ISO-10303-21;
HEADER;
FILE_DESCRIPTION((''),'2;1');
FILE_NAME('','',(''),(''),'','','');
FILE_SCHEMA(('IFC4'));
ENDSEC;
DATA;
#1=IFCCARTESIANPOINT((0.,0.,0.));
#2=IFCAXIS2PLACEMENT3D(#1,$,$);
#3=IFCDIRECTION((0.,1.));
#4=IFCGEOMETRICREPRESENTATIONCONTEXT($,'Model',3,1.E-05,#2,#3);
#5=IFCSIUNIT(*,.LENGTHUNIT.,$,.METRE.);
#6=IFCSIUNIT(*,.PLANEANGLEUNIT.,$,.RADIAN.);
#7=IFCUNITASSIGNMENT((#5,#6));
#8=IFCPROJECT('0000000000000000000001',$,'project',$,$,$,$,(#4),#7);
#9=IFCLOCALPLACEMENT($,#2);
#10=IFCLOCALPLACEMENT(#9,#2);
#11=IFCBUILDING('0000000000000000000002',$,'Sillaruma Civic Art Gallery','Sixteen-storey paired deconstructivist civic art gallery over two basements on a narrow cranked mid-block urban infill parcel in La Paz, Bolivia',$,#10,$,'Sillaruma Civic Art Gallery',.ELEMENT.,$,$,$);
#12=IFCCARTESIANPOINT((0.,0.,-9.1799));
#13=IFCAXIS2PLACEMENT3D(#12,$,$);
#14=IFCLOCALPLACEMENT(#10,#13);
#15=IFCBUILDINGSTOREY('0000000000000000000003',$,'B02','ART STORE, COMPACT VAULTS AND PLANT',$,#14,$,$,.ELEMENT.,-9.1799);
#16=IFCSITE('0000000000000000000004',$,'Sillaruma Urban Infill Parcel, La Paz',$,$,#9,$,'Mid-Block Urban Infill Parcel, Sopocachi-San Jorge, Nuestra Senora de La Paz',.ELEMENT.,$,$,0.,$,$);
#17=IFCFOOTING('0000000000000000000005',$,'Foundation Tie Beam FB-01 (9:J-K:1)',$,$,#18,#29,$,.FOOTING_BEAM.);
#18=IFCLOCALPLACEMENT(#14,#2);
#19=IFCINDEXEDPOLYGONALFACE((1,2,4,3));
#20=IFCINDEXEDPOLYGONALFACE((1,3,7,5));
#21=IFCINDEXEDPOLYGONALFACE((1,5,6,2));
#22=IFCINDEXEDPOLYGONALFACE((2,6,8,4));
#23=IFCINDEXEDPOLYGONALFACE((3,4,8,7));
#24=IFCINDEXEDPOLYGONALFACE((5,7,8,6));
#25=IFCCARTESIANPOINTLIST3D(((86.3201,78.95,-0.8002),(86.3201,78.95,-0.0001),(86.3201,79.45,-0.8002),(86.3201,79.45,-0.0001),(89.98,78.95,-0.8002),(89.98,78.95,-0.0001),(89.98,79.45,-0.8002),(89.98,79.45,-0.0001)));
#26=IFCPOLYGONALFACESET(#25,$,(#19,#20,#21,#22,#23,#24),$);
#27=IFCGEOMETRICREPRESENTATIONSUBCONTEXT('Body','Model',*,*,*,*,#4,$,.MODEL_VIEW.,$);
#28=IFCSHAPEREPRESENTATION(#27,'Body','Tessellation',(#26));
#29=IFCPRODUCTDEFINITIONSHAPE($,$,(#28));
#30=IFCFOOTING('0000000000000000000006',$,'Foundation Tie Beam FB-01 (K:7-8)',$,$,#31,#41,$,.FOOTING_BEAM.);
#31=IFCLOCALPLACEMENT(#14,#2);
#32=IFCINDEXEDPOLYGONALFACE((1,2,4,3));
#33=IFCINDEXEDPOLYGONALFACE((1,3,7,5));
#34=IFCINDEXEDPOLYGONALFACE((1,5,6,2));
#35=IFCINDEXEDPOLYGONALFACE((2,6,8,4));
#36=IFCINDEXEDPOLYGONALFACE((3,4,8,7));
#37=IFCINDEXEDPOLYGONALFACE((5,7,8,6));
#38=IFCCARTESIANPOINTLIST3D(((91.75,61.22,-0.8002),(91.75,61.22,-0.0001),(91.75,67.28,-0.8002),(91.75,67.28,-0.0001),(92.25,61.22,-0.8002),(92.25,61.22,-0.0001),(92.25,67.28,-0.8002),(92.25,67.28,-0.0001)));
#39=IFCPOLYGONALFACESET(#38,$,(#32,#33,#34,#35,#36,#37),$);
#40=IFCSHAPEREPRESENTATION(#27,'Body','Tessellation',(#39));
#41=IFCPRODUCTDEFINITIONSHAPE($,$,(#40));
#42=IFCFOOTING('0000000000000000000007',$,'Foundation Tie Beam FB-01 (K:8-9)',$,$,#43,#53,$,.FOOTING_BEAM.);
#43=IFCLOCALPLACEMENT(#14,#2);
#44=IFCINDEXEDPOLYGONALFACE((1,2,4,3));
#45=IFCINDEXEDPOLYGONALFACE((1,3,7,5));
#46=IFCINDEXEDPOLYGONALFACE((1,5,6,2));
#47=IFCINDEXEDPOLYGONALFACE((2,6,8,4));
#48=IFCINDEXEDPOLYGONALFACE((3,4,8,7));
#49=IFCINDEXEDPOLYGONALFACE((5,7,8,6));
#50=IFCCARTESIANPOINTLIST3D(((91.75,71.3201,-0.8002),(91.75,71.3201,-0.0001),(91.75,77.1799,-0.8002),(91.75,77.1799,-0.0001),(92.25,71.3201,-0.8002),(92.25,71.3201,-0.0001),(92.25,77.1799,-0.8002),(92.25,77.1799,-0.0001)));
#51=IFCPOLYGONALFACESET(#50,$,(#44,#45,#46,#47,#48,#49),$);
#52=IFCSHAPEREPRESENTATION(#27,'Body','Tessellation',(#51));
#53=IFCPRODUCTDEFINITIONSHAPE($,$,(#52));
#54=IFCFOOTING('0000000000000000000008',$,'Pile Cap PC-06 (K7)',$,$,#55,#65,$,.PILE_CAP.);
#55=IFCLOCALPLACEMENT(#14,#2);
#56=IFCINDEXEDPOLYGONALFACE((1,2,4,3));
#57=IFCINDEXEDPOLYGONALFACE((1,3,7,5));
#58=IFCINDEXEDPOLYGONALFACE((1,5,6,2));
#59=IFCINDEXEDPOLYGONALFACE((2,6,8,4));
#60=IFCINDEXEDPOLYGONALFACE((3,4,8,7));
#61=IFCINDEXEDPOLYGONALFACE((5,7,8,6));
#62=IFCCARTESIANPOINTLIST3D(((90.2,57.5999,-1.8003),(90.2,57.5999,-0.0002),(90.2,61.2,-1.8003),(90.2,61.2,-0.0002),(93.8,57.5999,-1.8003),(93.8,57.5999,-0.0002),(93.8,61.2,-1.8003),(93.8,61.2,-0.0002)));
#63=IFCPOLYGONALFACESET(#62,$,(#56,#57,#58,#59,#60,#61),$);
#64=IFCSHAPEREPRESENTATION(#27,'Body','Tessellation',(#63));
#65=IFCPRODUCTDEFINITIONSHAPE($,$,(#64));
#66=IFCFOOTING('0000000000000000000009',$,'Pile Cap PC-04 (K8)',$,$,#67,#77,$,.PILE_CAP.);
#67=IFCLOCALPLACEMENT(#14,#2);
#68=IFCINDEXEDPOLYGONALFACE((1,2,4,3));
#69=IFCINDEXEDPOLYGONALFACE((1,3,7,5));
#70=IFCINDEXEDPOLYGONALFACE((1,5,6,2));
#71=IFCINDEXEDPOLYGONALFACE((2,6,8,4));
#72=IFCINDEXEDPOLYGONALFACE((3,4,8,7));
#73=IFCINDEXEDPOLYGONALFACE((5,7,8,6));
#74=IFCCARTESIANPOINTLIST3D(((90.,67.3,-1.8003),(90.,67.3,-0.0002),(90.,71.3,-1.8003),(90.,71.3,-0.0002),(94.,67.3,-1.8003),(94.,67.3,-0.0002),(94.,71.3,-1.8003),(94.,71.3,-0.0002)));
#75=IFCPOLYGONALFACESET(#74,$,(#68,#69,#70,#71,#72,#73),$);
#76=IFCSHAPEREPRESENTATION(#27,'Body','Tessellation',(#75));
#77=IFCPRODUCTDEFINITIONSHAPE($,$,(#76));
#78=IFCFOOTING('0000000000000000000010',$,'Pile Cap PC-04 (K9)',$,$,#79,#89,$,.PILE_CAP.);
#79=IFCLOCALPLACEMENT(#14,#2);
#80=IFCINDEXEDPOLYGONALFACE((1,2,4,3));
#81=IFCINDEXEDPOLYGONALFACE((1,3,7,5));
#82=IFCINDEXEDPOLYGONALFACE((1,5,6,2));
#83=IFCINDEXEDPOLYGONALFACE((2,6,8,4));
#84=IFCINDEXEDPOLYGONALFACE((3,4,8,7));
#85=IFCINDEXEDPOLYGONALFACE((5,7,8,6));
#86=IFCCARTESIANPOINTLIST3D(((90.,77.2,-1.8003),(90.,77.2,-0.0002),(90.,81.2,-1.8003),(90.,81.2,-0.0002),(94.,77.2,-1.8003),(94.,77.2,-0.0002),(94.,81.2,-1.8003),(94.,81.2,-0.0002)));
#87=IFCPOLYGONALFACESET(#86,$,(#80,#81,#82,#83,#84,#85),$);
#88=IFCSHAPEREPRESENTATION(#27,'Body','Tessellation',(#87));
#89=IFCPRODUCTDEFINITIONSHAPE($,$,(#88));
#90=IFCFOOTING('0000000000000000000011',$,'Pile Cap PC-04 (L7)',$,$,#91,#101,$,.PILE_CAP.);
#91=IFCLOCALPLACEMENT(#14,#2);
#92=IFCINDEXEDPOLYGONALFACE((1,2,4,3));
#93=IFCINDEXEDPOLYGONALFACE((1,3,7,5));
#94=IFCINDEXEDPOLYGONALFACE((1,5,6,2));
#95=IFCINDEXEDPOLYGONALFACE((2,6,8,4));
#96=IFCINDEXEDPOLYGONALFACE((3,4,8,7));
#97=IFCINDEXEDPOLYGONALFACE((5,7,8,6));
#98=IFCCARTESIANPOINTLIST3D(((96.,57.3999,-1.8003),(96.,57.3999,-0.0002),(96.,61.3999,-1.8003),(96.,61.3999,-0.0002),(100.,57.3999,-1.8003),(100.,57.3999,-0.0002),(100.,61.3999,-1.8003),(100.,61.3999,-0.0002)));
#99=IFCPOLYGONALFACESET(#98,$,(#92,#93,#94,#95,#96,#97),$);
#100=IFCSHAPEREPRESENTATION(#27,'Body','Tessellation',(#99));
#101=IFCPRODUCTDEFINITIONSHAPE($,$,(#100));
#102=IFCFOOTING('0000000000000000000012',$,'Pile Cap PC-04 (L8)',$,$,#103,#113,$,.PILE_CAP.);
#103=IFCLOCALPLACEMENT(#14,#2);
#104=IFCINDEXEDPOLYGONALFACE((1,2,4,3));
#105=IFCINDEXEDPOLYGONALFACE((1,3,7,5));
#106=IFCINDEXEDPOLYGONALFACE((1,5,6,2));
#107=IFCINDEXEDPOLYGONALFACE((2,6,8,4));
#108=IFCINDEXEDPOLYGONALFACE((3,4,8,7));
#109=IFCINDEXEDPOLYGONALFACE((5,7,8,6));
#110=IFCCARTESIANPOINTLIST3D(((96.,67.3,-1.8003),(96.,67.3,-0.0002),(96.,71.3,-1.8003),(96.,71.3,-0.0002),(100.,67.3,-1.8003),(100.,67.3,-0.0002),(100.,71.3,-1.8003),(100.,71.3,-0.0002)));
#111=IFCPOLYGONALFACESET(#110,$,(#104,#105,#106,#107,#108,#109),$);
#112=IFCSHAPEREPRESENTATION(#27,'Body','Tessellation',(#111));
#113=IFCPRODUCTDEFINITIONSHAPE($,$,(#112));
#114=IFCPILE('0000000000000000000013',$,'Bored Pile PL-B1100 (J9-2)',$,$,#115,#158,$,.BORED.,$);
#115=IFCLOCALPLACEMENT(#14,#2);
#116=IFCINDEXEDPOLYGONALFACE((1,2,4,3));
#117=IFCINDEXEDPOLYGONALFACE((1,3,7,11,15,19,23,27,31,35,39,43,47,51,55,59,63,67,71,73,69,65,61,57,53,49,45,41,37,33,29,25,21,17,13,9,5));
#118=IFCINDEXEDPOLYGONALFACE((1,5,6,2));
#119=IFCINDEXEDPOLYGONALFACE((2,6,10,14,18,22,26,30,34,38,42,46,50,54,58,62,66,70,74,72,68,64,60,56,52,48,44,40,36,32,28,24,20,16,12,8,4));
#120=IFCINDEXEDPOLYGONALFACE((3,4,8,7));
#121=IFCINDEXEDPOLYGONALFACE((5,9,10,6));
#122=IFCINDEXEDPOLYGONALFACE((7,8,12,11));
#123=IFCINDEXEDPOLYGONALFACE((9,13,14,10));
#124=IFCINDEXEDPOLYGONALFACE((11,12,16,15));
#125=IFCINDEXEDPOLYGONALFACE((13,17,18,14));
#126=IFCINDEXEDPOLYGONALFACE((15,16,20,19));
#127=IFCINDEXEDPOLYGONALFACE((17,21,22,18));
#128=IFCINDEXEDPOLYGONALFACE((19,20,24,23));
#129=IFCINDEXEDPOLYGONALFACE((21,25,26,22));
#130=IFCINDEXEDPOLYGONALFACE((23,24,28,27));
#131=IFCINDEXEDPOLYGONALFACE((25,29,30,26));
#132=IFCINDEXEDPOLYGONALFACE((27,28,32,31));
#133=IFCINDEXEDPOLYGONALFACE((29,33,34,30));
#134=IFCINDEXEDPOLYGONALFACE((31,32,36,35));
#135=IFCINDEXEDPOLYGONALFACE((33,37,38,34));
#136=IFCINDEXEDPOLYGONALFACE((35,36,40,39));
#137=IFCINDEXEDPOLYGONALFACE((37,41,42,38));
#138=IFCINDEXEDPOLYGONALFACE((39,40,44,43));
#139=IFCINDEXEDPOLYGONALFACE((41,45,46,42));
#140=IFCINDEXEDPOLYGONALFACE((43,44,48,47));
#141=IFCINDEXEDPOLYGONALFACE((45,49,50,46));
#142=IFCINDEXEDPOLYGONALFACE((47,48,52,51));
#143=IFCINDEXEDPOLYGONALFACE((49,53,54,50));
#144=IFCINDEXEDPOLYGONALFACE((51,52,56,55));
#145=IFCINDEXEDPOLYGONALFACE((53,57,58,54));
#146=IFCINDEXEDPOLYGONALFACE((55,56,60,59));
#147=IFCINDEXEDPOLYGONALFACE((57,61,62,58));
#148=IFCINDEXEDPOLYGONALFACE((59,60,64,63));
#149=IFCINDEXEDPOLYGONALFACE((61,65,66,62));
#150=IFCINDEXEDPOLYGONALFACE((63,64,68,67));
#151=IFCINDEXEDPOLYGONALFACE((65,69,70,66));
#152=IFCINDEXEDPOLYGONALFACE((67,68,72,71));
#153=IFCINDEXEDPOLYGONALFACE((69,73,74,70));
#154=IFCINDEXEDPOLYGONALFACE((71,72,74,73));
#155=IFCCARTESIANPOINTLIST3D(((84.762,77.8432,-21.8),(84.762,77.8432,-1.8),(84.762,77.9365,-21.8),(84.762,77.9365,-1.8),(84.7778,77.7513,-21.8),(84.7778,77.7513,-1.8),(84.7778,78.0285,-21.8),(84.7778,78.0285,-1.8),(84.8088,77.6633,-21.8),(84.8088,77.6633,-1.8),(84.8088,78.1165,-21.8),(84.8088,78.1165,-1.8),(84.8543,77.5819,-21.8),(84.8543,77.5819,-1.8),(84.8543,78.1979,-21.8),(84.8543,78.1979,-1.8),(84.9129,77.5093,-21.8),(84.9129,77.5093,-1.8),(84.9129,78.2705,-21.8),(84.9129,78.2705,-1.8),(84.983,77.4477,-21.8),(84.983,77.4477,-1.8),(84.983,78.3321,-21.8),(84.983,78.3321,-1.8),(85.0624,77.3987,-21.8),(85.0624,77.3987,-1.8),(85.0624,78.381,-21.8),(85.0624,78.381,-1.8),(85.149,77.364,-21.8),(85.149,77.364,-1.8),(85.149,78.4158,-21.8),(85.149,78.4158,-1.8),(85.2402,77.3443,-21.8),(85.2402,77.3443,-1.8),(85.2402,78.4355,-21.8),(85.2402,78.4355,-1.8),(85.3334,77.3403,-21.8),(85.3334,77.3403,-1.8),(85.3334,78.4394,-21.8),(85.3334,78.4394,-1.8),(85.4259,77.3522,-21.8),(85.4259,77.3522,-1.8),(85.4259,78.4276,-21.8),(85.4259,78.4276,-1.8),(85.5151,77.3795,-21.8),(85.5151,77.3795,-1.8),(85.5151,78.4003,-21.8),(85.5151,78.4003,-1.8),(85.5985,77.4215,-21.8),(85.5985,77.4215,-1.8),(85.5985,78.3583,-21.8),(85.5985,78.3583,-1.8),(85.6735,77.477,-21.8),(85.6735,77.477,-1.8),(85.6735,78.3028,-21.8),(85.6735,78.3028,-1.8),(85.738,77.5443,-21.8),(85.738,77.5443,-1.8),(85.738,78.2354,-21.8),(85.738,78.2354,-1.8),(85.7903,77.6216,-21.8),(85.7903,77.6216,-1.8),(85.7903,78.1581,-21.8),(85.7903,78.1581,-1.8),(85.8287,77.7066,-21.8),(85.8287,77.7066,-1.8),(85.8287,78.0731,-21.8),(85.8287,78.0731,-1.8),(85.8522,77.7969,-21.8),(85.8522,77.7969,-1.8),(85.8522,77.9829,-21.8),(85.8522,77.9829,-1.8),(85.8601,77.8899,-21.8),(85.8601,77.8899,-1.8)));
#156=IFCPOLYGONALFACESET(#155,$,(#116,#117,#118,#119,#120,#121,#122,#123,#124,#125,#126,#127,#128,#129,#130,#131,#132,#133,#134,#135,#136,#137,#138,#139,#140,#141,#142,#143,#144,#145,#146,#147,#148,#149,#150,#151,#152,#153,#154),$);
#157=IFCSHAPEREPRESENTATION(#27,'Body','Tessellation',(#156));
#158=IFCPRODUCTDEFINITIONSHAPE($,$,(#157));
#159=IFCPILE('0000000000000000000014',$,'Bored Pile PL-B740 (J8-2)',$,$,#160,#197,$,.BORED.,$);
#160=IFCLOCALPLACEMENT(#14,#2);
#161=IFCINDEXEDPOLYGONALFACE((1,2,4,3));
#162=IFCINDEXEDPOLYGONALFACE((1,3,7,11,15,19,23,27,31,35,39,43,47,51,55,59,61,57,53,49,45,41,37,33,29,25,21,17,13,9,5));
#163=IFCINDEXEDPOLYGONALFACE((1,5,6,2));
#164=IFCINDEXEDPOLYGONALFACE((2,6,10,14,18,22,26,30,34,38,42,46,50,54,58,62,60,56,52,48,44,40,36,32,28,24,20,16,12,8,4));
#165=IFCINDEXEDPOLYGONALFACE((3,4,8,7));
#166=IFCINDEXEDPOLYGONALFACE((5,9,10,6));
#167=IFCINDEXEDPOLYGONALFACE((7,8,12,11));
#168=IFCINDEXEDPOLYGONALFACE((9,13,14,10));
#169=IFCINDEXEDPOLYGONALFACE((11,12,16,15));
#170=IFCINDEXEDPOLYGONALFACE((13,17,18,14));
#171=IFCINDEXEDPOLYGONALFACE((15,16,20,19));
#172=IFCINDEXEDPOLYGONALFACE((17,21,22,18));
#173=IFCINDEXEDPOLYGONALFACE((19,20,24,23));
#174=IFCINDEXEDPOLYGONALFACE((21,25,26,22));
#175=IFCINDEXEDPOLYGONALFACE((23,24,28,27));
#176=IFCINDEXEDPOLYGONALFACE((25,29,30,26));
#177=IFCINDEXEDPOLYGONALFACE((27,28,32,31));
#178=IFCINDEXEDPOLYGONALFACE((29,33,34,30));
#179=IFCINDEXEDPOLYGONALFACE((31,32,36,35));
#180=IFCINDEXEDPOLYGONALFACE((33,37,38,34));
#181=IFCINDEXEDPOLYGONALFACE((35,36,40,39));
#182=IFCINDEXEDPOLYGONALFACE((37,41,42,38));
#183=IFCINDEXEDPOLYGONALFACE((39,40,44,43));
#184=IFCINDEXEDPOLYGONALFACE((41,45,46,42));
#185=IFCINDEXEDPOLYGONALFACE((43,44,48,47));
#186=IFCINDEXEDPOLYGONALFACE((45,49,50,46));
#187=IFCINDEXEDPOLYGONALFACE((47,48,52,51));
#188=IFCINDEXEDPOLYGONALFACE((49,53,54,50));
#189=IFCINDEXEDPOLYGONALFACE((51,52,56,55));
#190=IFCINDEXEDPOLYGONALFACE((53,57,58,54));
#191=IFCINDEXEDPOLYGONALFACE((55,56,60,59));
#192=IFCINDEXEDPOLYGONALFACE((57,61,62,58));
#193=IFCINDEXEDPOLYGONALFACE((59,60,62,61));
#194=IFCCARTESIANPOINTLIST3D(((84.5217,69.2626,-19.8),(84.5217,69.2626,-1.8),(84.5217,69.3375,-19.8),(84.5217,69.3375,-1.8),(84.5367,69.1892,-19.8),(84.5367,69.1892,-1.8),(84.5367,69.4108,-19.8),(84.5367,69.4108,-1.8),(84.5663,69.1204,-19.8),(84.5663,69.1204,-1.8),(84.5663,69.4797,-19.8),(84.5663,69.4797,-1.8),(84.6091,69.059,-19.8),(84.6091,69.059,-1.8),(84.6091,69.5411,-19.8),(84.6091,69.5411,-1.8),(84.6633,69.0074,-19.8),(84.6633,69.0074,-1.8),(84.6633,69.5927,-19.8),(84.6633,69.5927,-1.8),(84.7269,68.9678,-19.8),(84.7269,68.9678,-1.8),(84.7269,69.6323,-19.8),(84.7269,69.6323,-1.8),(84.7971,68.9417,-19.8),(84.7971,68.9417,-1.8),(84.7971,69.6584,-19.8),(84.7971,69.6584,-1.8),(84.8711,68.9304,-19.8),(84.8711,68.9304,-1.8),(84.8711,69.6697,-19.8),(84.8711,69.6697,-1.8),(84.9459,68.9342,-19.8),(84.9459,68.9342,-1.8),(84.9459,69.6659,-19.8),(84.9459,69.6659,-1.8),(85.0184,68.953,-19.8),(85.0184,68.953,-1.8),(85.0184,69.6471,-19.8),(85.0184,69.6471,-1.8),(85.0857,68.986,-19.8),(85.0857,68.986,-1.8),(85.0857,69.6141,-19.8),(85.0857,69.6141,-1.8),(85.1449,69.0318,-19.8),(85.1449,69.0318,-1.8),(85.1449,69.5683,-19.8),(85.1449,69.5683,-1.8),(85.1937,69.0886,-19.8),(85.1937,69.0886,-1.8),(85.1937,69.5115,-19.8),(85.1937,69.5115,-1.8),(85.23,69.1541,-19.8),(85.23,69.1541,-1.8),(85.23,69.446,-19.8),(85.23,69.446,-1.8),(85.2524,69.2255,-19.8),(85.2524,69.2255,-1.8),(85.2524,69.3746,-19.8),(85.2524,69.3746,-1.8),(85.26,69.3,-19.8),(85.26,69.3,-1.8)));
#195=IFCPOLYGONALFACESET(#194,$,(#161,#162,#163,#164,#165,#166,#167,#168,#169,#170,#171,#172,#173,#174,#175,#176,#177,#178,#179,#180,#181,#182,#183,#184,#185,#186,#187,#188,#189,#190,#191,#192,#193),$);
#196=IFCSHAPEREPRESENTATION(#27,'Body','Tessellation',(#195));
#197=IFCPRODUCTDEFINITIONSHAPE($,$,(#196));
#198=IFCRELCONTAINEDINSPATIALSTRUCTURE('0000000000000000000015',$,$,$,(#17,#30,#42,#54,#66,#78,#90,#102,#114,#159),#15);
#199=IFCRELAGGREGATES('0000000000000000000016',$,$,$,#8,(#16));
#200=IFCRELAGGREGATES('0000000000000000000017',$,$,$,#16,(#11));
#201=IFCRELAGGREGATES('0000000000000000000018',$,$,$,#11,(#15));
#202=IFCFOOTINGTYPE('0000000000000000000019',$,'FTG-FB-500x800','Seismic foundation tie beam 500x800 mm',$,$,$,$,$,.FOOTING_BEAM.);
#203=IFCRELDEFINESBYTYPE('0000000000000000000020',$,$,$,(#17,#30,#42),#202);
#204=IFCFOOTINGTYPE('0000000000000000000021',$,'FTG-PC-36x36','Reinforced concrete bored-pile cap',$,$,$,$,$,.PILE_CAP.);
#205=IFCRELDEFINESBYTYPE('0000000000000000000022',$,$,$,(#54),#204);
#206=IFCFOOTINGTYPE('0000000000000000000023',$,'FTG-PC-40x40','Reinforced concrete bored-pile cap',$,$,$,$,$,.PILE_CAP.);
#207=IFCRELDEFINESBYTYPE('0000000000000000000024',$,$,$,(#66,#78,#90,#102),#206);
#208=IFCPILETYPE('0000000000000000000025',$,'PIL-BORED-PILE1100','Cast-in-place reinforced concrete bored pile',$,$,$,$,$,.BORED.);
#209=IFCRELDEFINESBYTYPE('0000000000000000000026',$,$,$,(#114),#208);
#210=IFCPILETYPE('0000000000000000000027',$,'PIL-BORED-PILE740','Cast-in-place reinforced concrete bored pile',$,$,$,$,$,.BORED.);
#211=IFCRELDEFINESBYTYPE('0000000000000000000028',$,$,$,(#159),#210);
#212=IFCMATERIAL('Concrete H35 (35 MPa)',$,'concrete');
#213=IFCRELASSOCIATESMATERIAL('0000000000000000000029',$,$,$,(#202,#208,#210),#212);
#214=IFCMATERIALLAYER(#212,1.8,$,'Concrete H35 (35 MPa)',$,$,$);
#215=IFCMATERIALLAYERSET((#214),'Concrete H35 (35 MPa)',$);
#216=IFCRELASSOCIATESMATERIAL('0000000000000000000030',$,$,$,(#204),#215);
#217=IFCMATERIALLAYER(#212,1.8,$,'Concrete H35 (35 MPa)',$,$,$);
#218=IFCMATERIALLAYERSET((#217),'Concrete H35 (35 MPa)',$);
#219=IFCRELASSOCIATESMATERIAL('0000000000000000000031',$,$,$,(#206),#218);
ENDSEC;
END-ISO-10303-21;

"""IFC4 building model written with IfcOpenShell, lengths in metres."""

from ifc_helpers import new_model, si_unit, direction, frame, origin, origin_2d, place, context, subcontext, project, spatial, rectangle, circle, extrude, material, layer, layer_set, material_profile, profile_set, type_object, element, save


model = new_model("IFC4")

# Units and contexts
model_context = context("Model", 3, precision=1e-05, world=origin(), true_north=direction((0.0, 1.0)))
body_context = subcontext(model_context, "Body", "Model", "MODEL_VIEW")
ifc_project = project(units=[si_unit("LENGTHUNIT", "METRE"), si_unit("PLANEANGLEUNIT", "RADIAN")], contexts=[model_context])

# Site, building, storey
site_placement = place(None, origin())
site = spatial("IfcSite", under=ifc_project, at=site_placement, Name="Sillaruma Urban Infill Parcel, La Paz", LongName="Mid-Block Urban Infill Parcel, Sopocachi-San Jorge, Nuestra Senora de La Paz", CompositionType="ELEMENT", RefElevation=0.0)
building_placement = place(site_placement, origin())
building = spatial("IfcBuilding", under=site, at=building_placement, Name="Sillaruma Civic Art Gallery", Description="Sixteen-storey paired deconstructivist civic art gallery over two basements on a narrow cranked mid-block urban infill parcel in La Paz, Bolivia", LongName="Sillaruma Civic Art Gallery", CompositionType="ELEMENT")
storey_placement = place(building_placement, frame((0.0, 0.0, -9.1799)))
storey = spatial("IfcBuildingStorey", under=building, at=storey_placement, Name="B02", Description="ART STORE, COMPACT VAULTS AND PLANT", CompositionType="ELEMENT", Elevation=-9.1799)

# Footings
ifc_material_1 = material(Name="Concrete H35 (35 MPa)", Category="concrete")
ifc_material_profile_1 = material_profile(ifc_material_1, rectangle(XDim=0.5, YDim=0.8, at=origin_2d()), Name="RCB500x800")
ifc_profile_set_1 = profile_set([ifc_material_profile_1], Name="Concrete H35 (35 MPa)")
footing_type_1 = type_object("IfcFootingType", Name="FTG-FB-500x800", Description="Seismic foundation tie beam 500x800 mm", PredefinedType="FOOTING_BEAM", material=ifc_profile_set_1)
footing_1_placement = place(storey_placement, frame((86.3201, 79.2, -0.4001), z_axis=(1.0, 0.0, 0.0), x_axis=(0.0, 1.0, 0.0)))
element("IfcFooting", 1, at=footing_1_placement, inside=storey, type_object=footing_type_1, Name="Foundation Tie Beam FB-01 (9:J-K:1)", PredefinedType="FOOTING_BEAM", context=body_context, shape_type="SweptSolid", body=[
    extrude(rectangle(XDim=0.5, YDim=0.8, at=origin_2d()), origin(), (0.0, 0.0, 1.0), 3.6599),
])
footing_2_placement = place(storey_placement, frame((92.0, 61.22, -0.4001), z_axis=(0.0, 1.0, 0.0), x_axis=(-1.0, 0.0, 0.0)))
element("IfcFooting", 2, at=footing_2_placement, inside=storey, type_object=footing_type_1, Name="Foundation Tie Beam FB-01 (K:7-8)", PredefinedType="FOOTING_BEAM", context=body_context, shape_type="SweptSolid", body=[
    extrude(rectangle(XDim=0.5, YDim=0.8, at=origin_2d()), origin(), (0.0, 0.0, 1.0), 6.0601),
])
footing_3_placement = place(storey_placement, frame((92.0, 71.3201, -0.4001), z_axis=(0.0, 1.0, 0.0), x_axis=(-1.0, 0.0, 0.0)))
element("IfcFooting", 3, at=footing_3_placement, inside=storey, type_object=footing_type_1, Name="Foundation Tie Beam FB-01 (K:8-9)", PredefinedType="FOOTING_BEAM", context=body_context, shape_type="SweptSolid", body=[
    extrude(rectangle(XDim=0.5, YDim=0.8, at=origin_2d()), origin(), (0.0, 0.0, 1.0), 5.8599),
])
ifc_layer_1 = layer(ifc_material_1, 1.8, Name="Concrete H35 (35 MPa)")
ifc_layer_set_1 = layer_set([ifc_layer_1], Name="Concrete H35 (35 MPa)")
footing_type_2 = type_object("IfcFootingType", Name="FTG-PC-36x36", Description="Reinforced concrete bored-pile cap", PredefinedType="PILE_CAP", material=ifc_layer_set_1)
footing_4_placement = place(storey_placement, frame((92.0, 59.3999, -1.8003), z_axis=(0.0, 0.0, 1.0), x_axis=(1.0, 0.0, 0.0)))
element("IfcFooting", 4, at=footing_4_placement, inside=storey, type_object=footing_type_2, Name="Pile Cap PC-06 (K7)", PredefinedType="PILE_CAP", context=body_context, shape_type="SweptSolid", body=[
    extrude(rectangle(XDim=3.6001, YDim=3.6001, at=origin_2d()), origin(), (0.0, 0.0, 1.0), 1.8),
])
ifc_layer_2 = layer(ifc_material_1, 1.8, Name="Concrete H35 (35 MPa)")
ifc_layer_set_2 = layer_set([ifc_layer_2], Name="Concrete H35 (35 MPa)")
footing_type_3 = type_object("IfcFootingType", Name="FTG-PC-40x40", Description="Reinforced concrete bored-pile cap", PredefinedType="PILE_CAP", material=ifc_layer_set_2)
for number, where, z_axis, x_axis, name in (
    (5, (92.0, 69.3, -1.8003), (0.0, 0.0, 1.0), (1.0, 0.0, 0.0), "Pile Cap PC-04 (K8)"),
    (6, (92.0, 79.2, -1.8003), (0.0, 0.0, 1.0), (1.0, 0.0, 0.0), "Pile Cap PC-04 (K9)"),
    (7, (98.0, 59.3999, -1.8003), (0.0, 0.0, 1.0), (1.0, 0.0, 0.0), "Pile Cap PC-04 (L7)"),
    (8, (98.0, 69.3, -1.8003), (0.0, 0.0, 1.0), (1.0, 0.0, 0.0), "Pile Cap PC-04 (L8)"),
):
    element("IfcFooting", number, at=place(storey_placement, frame(where, z_axis=z_axis, x_axis=x_axis)), inside=storey, type_object=footing_type_3, Name=name, PredefinedType="PILE_CAP", context=body_context, shape_type="SweptSolid", body=[
        extrude(rectangle(XDim=4.0, YDim=4.0, at=origin_2d()), origin(), (0.0, 0.0, 1.0), 1.8),
    ])

# Piles
ifc_material_profile_2 = material_profile(ifc_material_1, circle(Radius=0.55, at=origin_2d()), Name="PILE1100")
ifc_profile_set_2 = profile_set([ifc_material_profile_2], Name="Concrete H35 (35 MPa)")
pile_type_1 = type_object("IfcPileType", Name="PIL-BORED-PILE1100", Description="Cast-in-place reinforced concrete bored pile", PredefinedType="BORED", material=ifc_profile_set_2)
pile_1_placement = place(storey_placement, frame((85.3101, 77.8899, -1.8), z_axis=(0.0, 0.0, -1.0), x_axis=(1.0, 0.0, 0.0)))
element("IfcPile", 9, at=pile_1_placement, inside=storey, type_object=pile_type_1, Name="Bored Pile PL-B1100 (J9-2)", PredefinedType="BORED", context=body_context, shape_type="SweptSolid", body=[
    extrude(circle(Radius=0.55, at=origin_2d()), origin(), (0.0, 0.0, 1.0), 20.0),
])
ifc_material_profile_3 = material_profile(ifc_material_1, circle(Radius=0.3701, at=origin_2d()), Name="PILE740")
ifc_profile_set_3 = profile_set([ifc_material_profile_3], Name="Concrete H35 (35 MPa)")
pile_type_2 = type_object("IfcPileType", Name="PIL-BORED-PILE740", Description="Cast-in-place reinforced concrete bored pile", PredefinedType="BORED", material=ifc_profile_set_3)
pile_2_placement = place(storey_placement, frame((84.8899, 69.3, -1.8), z_axis=(0.0, 0.0, -1.0), x_axis=(1.0, 0.0, 0.0)))
element("IfcPile", 10, at=pile_2_placement, inside=storey, type_object=pile_type_2, Name="Bored Pile PL-B740 (J8-2)", PredefinedType="BORED", context=body_context, shape_type="SweptSolid", body=[
    extrude(circle(Radius=0.3701, at=origin_2d()), origin(), (0.0, 0.0, 1.0), 18.0),
])

save(model, "model.ifc")
